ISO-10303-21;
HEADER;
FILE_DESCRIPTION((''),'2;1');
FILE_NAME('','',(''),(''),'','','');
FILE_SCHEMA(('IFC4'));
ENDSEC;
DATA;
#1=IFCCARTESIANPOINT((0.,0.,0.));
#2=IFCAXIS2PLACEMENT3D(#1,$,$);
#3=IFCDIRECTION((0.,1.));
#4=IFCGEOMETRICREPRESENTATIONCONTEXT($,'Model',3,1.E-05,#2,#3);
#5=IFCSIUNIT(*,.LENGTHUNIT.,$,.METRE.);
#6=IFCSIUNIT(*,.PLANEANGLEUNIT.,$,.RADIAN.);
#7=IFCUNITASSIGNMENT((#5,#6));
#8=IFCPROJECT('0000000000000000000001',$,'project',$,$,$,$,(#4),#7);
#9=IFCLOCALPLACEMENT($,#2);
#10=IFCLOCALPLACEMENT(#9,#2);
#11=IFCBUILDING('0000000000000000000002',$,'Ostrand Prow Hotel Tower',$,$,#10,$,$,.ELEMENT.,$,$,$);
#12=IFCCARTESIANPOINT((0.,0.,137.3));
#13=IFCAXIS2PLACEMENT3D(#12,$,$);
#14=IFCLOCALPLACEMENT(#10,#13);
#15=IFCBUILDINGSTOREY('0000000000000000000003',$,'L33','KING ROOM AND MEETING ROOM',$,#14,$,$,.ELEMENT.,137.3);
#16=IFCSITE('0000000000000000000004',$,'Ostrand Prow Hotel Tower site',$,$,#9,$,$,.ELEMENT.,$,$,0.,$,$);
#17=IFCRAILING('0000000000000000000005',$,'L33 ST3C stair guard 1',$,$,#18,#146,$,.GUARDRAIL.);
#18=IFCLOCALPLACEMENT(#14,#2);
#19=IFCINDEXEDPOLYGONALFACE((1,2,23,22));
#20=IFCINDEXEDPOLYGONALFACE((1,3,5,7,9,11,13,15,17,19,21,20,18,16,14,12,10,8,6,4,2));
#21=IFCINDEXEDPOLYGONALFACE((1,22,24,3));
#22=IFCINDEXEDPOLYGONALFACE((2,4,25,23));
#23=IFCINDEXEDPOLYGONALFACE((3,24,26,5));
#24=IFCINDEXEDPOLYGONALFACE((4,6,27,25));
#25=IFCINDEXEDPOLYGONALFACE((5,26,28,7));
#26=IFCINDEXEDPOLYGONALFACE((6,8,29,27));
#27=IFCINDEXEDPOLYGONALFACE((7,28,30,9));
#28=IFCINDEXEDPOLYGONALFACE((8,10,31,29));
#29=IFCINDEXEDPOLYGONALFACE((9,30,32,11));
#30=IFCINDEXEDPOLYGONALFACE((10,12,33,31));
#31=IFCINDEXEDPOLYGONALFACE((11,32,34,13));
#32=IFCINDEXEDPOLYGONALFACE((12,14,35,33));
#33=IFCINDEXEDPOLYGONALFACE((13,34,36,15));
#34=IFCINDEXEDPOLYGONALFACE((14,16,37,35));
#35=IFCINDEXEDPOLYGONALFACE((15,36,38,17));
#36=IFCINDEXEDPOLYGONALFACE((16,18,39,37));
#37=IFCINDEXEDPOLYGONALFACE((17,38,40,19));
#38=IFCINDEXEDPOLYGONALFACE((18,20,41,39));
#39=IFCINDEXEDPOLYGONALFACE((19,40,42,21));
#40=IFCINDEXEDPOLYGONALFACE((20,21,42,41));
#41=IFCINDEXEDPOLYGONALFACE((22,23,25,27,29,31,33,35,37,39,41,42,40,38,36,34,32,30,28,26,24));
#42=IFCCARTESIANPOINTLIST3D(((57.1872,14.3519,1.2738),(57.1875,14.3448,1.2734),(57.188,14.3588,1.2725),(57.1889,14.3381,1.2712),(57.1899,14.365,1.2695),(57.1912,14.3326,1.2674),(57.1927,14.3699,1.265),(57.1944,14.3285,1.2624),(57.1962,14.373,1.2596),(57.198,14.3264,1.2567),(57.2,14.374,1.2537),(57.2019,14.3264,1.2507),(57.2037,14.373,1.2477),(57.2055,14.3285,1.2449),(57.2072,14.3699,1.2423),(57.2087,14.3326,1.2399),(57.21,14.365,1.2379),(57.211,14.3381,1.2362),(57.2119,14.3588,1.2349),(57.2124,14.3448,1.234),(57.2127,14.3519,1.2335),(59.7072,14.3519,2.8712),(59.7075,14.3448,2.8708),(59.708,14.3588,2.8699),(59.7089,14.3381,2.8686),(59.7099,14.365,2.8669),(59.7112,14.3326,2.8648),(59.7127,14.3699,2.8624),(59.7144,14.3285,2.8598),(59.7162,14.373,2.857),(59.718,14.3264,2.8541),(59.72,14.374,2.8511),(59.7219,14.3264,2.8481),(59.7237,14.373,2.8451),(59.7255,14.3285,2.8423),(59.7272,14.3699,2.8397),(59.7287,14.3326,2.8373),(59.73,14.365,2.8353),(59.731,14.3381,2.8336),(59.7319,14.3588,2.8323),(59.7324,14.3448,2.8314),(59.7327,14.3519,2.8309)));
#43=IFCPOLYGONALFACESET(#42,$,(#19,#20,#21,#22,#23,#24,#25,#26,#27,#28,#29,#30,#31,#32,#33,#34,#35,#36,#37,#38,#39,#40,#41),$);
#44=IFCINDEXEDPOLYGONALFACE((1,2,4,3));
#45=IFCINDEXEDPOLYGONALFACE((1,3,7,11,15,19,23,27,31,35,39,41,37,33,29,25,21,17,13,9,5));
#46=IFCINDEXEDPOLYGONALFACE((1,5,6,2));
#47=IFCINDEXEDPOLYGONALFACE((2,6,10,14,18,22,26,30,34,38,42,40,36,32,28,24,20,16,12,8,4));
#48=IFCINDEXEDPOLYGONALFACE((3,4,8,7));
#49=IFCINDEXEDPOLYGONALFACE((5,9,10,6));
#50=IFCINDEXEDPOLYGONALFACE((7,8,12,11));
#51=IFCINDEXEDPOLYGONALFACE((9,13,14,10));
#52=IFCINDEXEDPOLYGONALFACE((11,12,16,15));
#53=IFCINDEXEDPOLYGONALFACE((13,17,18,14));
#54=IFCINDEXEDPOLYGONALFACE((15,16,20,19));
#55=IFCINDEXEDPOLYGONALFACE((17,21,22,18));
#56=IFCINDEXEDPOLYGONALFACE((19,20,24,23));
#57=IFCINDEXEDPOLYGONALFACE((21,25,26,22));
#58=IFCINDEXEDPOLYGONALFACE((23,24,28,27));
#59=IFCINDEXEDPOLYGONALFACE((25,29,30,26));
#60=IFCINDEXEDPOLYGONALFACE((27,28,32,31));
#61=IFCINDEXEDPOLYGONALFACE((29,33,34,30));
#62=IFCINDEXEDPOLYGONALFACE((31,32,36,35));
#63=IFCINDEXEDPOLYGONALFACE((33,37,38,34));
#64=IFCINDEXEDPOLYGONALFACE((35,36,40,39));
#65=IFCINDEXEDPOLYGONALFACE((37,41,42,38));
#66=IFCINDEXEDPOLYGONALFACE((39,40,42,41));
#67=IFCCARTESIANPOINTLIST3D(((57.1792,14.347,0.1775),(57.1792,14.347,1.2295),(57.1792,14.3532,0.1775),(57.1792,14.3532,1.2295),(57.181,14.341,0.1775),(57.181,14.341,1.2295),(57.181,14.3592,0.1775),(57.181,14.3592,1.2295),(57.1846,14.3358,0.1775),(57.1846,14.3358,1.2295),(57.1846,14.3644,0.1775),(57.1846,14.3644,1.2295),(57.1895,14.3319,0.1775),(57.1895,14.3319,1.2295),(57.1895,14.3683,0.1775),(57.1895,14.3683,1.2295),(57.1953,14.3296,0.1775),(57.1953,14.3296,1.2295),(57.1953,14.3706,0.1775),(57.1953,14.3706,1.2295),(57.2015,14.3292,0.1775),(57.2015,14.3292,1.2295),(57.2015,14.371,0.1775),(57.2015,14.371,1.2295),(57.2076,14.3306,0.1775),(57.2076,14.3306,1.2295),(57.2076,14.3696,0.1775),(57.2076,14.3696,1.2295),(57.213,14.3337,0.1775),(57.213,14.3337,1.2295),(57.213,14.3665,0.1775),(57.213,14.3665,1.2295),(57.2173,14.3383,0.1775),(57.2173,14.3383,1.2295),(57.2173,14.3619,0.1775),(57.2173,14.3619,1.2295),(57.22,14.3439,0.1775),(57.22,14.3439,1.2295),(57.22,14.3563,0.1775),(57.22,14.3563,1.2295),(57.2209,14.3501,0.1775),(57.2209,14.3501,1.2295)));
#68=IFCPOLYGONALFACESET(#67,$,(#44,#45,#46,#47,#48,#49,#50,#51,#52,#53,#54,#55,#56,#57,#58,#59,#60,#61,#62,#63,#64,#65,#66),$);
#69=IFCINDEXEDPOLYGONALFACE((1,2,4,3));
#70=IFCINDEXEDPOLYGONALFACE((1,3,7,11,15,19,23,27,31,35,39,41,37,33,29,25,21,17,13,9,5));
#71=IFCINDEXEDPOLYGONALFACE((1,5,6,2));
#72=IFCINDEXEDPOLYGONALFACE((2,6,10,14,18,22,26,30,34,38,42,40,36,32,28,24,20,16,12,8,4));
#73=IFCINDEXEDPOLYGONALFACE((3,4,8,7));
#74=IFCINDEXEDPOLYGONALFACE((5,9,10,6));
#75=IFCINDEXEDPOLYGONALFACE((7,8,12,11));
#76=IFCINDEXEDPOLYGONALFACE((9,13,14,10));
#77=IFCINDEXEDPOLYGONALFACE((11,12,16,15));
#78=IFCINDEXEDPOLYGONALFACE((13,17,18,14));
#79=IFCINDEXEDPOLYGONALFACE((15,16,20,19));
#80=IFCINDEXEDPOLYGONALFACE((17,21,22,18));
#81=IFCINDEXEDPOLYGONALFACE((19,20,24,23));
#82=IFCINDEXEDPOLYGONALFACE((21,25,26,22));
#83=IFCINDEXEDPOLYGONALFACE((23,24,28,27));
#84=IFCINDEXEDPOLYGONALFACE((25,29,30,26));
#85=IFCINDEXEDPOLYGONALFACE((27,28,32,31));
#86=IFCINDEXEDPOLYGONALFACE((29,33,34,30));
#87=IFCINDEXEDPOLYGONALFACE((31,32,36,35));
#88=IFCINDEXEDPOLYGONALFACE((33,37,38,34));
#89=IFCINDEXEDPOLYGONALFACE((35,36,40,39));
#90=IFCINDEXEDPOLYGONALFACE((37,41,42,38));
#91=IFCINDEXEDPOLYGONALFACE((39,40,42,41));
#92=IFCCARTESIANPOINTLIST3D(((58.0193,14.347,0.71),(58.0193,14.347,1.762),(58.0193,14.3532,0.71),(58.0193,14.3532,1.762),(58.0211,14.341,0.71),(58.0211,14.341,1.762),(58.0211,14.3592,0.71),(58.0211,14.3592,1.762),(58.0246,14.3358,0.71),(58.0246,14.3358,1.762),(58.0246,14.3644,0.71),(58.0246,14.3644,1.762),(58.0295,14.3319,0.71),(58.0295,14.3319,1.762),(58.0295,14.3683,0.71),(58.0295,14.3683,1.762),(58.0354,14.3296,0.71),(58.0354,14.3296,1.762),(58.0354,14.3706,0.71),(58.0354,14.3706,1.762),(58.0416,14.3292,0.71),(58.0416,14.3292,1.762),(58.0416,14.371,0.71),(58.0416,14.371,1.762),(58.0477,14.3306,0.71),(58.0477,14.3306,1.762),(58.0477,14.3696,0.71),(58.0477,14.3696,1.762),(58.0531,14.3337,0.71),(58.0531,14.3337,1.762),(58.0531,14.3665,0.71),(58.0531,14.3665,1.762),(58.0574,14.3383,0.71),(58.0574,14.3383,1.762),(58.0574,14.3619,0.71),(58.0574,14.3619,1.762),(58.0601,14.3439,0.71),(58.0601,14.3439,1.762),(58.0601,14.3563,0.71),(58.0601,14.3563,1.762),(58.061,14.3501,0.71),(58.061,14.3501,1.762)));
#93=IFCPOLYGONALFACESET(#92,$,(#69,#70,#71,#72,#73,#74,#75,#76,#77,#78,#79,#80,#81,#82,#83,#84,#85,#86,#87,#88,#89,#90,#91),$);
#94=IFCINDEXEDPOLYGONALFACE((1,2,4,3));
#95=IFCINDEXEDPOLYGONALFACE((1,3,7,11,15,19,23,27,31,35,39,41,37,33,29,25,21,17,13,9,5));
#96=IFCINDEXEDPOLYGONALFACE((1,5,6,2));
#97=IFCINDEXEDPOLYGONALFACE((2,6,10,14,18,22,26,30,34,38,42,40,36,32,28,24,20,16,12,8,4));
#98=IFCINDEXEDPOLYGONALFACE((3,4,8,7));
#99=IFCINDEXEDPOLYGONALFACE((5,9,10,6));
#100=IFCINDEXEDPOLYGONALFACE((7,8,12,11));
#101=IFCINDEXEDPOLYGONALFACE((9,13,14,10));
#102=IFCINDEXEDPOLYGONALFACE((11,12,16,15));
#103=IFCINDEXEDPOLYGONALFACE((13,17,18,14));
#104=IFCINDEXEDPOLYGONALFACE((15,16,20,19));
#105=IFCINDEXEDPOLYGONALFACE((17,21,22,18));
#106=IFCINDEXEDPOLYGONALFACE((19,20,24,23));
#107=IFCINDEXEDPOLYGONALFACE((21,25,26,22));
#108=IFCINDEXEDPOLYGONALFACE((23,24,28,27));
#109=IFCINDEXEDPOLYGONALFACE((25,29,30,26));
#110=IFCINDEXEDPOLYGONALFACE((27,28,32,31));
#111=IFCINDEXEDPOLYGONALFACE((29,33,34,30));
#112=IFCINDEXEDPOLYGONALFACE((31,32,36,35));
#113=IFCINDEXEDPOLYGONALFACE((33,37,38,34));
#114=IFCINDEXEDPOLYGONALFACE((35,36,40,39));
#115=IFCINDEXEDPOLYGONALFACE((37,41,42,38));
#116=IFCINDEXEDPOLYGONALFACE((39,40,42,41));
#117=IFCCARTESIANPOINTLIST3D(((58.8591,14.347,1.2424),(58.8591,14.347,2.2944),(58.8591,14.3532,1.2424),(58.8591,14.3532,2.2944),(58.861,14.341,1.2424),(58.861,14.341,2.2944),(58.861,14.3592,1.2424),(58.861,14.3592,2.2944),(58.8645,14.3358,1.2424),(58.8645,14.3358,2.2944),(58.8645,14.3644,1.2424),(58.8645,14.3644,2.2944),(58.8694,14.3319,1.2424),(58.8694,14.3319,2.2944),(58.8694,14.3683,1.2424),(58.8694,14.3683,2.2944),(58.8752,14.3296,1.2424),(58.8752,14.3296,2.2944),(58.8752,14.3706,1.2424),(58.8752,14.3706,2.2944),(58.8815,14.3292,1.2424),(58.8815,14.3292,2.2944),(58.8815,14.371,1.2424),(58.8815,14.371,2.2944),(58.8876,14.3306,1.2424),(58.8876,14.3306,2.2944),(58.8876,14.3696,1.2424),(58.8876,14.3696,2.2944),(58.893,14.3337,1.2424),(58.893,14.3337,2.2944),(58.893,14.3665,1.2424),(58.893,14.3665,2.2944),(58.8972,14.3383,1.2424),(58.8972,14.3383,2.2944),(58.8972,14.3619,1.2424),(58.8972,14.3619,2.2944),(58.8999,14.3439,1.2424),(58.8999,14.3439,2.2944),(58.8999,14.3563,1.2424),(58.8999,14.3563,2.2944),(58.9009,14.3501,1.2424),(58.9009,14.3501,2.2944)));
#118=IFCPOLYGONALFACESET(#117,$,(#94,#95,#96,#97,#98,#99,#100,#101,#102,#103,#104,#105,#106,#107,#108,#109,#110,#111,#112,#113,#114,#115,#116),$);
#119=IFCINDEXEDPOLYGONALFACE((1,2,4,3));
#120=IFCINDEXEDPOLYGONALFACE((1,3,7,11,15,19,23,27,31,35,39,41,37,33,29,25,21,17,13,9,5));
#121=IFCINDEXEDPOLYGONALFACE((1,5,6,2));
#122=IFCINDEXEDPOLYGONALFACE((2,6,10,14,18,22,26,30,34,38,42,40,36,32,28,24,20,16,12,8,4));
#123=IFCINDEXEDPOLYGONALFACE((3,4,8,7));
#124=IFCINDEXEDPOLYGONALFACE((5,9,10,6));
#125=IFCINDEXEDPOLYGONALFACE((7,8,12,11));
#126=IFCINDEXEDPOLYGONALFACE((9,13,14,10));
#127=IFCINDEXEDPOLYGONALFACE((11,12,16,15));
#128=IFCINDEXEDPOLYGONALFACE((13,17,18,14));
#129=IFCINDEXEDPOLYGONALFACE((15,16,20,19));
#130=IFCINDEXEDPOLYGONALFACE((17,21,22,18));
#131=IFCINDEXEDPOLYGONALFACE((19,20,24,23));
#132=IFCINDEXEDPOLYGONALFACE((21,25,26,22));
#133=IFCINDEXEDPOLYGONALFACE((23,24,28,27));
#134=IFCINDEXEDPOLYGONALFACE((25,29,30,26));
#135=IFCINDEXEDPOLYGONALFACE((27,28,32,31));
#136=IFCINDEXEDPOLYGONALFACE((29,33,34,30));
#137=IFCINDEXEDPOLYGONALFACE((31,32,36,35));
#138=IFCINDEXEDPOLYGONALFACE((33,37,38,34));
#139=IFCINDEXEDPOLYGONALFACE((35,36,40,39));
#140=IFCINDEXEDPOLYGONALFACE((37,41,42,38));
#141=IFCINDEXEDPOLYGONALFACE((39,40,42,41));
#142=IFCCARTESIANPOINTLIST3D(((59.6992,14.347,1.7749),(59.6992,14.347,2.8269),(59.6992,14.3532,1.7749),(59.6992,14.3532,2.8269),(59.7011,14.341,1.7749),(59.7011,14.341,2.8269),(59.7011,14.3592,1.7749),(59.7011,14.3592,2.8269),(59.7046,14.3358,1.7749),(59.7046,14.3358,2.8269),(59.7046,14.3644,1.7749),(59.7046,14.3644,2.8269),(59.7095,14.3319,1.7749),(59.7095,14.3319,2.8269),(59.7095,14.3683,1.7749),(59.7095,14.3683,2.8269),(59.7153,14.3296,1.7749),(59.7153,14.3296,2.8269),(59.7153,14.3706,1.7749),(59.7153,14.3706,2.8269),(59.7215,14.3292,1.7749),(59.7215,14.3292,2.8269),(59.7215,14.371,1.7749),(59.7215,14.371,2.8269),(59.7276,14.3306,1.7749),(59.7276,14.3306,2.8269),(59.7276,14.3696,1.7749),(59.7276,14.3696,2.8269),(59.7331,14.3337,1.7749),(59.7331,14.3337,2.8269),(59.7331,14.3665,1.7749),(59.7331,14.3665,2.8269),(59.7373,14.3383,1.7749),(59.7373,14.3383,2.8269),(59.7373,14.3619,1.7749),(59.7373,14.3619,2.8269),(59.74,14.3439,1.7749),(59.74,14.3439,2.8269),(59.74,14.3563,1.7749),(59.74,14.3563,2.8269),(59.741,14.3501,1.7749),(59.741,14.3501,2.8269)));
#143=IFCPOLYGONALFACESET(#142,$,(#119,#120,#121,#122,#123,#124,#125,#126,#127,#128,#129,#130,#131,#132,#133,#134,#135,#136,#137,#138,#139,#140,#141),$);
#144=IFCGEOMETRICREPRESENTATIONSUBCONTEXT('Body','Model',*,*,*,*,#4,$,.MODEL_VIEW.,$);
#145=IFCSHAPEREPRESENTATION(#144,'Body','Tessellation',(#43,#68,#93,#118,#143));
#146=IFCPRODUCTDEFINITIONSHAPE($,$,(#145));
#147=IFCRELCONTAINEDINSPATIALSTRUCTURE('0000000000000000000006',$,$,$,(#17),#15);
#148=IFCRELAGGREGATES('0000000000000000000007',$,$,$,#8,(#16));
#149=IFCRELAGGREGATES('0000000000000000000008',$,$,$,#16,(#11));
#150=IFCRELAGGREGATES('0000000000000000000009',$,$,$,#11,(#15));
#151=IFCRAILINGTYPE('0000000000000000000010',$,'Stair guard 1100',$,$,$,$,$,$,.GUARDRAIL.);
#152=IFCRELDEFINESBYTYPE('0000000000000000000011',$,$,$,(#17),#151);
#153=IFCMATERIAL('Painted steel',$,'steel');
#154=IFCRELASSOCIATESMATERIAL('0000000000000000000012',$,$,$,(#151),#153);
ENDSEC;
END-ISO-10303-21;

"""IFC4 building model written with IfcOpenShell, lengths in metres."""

from ifc_helpers import new_model, si_unit, direction, frame, origin, origin_2d, place, context, subcontext, project, spatial, circle, extrude, material, type_object, element, save


model = new_model("IFC4")

# Units and contexts
model_context = context("Model", 3, precision=1e-05, world=origin(), true_north=direction((0.0, 1.0)))
body_context = subcontext(model_context, "Body", "Model", "MODEL_VIEW")
ifc_project = project(units=[si_unit("LENGTHUNIT", "METRE"), si_unit("PLANEANGLEUNIT", "RADIAN")], contexts=[model_context])

# Site, building, storey
site_placement = place(None, origin())
site = spatial("IfcSite", under=ifc_project, at=site_placement, Name="Ostrand Prow Hotel Tower site", CompositionType="ELEMENT", RefElevation=0.0)
building_placement = place(site_placement, origin())
building = spatial("IfcBuilding", under=site, at=building_placement, Name="Ostrand Prow Hotel Tower", CompositionType="ELEMENT")
storey_placement = place(building_placement, frame((0.0, 0.0, 137.3)))
storey = spatial("IfcBuildingStorey", under=building, at=storey_placement, Name="L33", Description="KING ROOM AND MEETING ROOM", CompositionType="ELEMENT", Elevation=137.3)

# Railing
ifc_material_1 = material(Name="Painted steel", Category="steel")
railing_type_1 = type_object("IfcRailingType", Name="Stair guard 1100", PredefinedType="GUARDRAIL", material=ifc_material_1)
railing_1_placement = place(storey_placement, frame((57.2, 14.3501, 0.1775)))
element("IfcRailing", 1, at=railing_1_placement, inside=storey, type_object=railing_type_1, Name="L33 ST3C stair guard 1", PredefinedType="GUARDRAIL", context=body_context, shape_type="SweptSolid", body=[
    extrude(circle(Radius=0.0239, at=origin_2d()), frame((0.0, 0.0, 1.0762), z_axis=(0.844607, 0.0, 0.535387), x_axis=(0.0, 1.0, 0.0)), (0.0, 0.0, 1.0), 2.9836),
    extrude(circle(Radius=0.021, at=origin_2d()), origin(), (0.0, 0.0, 1.0), 1.052),
    extrude(circle(Radius=0.021, at=origin_2d()), frame((0.8401, 0.0, 0.5325)), (0.0, 0.0, 1.0), 1.052),
    extrude(circle(Radius=0.021, at=origin_2d()), frame((1.6799, 0.0, 1.0649)), (0.0, 0.0, 1.0), 1.052),
    extrude(circle(Radius=0.021, at=origin_2d()), frame((2.52, 0.0, 1.5974)), (0.0, 0.0, 1.0), 1.052),
])

save(model, "model.ifc")
